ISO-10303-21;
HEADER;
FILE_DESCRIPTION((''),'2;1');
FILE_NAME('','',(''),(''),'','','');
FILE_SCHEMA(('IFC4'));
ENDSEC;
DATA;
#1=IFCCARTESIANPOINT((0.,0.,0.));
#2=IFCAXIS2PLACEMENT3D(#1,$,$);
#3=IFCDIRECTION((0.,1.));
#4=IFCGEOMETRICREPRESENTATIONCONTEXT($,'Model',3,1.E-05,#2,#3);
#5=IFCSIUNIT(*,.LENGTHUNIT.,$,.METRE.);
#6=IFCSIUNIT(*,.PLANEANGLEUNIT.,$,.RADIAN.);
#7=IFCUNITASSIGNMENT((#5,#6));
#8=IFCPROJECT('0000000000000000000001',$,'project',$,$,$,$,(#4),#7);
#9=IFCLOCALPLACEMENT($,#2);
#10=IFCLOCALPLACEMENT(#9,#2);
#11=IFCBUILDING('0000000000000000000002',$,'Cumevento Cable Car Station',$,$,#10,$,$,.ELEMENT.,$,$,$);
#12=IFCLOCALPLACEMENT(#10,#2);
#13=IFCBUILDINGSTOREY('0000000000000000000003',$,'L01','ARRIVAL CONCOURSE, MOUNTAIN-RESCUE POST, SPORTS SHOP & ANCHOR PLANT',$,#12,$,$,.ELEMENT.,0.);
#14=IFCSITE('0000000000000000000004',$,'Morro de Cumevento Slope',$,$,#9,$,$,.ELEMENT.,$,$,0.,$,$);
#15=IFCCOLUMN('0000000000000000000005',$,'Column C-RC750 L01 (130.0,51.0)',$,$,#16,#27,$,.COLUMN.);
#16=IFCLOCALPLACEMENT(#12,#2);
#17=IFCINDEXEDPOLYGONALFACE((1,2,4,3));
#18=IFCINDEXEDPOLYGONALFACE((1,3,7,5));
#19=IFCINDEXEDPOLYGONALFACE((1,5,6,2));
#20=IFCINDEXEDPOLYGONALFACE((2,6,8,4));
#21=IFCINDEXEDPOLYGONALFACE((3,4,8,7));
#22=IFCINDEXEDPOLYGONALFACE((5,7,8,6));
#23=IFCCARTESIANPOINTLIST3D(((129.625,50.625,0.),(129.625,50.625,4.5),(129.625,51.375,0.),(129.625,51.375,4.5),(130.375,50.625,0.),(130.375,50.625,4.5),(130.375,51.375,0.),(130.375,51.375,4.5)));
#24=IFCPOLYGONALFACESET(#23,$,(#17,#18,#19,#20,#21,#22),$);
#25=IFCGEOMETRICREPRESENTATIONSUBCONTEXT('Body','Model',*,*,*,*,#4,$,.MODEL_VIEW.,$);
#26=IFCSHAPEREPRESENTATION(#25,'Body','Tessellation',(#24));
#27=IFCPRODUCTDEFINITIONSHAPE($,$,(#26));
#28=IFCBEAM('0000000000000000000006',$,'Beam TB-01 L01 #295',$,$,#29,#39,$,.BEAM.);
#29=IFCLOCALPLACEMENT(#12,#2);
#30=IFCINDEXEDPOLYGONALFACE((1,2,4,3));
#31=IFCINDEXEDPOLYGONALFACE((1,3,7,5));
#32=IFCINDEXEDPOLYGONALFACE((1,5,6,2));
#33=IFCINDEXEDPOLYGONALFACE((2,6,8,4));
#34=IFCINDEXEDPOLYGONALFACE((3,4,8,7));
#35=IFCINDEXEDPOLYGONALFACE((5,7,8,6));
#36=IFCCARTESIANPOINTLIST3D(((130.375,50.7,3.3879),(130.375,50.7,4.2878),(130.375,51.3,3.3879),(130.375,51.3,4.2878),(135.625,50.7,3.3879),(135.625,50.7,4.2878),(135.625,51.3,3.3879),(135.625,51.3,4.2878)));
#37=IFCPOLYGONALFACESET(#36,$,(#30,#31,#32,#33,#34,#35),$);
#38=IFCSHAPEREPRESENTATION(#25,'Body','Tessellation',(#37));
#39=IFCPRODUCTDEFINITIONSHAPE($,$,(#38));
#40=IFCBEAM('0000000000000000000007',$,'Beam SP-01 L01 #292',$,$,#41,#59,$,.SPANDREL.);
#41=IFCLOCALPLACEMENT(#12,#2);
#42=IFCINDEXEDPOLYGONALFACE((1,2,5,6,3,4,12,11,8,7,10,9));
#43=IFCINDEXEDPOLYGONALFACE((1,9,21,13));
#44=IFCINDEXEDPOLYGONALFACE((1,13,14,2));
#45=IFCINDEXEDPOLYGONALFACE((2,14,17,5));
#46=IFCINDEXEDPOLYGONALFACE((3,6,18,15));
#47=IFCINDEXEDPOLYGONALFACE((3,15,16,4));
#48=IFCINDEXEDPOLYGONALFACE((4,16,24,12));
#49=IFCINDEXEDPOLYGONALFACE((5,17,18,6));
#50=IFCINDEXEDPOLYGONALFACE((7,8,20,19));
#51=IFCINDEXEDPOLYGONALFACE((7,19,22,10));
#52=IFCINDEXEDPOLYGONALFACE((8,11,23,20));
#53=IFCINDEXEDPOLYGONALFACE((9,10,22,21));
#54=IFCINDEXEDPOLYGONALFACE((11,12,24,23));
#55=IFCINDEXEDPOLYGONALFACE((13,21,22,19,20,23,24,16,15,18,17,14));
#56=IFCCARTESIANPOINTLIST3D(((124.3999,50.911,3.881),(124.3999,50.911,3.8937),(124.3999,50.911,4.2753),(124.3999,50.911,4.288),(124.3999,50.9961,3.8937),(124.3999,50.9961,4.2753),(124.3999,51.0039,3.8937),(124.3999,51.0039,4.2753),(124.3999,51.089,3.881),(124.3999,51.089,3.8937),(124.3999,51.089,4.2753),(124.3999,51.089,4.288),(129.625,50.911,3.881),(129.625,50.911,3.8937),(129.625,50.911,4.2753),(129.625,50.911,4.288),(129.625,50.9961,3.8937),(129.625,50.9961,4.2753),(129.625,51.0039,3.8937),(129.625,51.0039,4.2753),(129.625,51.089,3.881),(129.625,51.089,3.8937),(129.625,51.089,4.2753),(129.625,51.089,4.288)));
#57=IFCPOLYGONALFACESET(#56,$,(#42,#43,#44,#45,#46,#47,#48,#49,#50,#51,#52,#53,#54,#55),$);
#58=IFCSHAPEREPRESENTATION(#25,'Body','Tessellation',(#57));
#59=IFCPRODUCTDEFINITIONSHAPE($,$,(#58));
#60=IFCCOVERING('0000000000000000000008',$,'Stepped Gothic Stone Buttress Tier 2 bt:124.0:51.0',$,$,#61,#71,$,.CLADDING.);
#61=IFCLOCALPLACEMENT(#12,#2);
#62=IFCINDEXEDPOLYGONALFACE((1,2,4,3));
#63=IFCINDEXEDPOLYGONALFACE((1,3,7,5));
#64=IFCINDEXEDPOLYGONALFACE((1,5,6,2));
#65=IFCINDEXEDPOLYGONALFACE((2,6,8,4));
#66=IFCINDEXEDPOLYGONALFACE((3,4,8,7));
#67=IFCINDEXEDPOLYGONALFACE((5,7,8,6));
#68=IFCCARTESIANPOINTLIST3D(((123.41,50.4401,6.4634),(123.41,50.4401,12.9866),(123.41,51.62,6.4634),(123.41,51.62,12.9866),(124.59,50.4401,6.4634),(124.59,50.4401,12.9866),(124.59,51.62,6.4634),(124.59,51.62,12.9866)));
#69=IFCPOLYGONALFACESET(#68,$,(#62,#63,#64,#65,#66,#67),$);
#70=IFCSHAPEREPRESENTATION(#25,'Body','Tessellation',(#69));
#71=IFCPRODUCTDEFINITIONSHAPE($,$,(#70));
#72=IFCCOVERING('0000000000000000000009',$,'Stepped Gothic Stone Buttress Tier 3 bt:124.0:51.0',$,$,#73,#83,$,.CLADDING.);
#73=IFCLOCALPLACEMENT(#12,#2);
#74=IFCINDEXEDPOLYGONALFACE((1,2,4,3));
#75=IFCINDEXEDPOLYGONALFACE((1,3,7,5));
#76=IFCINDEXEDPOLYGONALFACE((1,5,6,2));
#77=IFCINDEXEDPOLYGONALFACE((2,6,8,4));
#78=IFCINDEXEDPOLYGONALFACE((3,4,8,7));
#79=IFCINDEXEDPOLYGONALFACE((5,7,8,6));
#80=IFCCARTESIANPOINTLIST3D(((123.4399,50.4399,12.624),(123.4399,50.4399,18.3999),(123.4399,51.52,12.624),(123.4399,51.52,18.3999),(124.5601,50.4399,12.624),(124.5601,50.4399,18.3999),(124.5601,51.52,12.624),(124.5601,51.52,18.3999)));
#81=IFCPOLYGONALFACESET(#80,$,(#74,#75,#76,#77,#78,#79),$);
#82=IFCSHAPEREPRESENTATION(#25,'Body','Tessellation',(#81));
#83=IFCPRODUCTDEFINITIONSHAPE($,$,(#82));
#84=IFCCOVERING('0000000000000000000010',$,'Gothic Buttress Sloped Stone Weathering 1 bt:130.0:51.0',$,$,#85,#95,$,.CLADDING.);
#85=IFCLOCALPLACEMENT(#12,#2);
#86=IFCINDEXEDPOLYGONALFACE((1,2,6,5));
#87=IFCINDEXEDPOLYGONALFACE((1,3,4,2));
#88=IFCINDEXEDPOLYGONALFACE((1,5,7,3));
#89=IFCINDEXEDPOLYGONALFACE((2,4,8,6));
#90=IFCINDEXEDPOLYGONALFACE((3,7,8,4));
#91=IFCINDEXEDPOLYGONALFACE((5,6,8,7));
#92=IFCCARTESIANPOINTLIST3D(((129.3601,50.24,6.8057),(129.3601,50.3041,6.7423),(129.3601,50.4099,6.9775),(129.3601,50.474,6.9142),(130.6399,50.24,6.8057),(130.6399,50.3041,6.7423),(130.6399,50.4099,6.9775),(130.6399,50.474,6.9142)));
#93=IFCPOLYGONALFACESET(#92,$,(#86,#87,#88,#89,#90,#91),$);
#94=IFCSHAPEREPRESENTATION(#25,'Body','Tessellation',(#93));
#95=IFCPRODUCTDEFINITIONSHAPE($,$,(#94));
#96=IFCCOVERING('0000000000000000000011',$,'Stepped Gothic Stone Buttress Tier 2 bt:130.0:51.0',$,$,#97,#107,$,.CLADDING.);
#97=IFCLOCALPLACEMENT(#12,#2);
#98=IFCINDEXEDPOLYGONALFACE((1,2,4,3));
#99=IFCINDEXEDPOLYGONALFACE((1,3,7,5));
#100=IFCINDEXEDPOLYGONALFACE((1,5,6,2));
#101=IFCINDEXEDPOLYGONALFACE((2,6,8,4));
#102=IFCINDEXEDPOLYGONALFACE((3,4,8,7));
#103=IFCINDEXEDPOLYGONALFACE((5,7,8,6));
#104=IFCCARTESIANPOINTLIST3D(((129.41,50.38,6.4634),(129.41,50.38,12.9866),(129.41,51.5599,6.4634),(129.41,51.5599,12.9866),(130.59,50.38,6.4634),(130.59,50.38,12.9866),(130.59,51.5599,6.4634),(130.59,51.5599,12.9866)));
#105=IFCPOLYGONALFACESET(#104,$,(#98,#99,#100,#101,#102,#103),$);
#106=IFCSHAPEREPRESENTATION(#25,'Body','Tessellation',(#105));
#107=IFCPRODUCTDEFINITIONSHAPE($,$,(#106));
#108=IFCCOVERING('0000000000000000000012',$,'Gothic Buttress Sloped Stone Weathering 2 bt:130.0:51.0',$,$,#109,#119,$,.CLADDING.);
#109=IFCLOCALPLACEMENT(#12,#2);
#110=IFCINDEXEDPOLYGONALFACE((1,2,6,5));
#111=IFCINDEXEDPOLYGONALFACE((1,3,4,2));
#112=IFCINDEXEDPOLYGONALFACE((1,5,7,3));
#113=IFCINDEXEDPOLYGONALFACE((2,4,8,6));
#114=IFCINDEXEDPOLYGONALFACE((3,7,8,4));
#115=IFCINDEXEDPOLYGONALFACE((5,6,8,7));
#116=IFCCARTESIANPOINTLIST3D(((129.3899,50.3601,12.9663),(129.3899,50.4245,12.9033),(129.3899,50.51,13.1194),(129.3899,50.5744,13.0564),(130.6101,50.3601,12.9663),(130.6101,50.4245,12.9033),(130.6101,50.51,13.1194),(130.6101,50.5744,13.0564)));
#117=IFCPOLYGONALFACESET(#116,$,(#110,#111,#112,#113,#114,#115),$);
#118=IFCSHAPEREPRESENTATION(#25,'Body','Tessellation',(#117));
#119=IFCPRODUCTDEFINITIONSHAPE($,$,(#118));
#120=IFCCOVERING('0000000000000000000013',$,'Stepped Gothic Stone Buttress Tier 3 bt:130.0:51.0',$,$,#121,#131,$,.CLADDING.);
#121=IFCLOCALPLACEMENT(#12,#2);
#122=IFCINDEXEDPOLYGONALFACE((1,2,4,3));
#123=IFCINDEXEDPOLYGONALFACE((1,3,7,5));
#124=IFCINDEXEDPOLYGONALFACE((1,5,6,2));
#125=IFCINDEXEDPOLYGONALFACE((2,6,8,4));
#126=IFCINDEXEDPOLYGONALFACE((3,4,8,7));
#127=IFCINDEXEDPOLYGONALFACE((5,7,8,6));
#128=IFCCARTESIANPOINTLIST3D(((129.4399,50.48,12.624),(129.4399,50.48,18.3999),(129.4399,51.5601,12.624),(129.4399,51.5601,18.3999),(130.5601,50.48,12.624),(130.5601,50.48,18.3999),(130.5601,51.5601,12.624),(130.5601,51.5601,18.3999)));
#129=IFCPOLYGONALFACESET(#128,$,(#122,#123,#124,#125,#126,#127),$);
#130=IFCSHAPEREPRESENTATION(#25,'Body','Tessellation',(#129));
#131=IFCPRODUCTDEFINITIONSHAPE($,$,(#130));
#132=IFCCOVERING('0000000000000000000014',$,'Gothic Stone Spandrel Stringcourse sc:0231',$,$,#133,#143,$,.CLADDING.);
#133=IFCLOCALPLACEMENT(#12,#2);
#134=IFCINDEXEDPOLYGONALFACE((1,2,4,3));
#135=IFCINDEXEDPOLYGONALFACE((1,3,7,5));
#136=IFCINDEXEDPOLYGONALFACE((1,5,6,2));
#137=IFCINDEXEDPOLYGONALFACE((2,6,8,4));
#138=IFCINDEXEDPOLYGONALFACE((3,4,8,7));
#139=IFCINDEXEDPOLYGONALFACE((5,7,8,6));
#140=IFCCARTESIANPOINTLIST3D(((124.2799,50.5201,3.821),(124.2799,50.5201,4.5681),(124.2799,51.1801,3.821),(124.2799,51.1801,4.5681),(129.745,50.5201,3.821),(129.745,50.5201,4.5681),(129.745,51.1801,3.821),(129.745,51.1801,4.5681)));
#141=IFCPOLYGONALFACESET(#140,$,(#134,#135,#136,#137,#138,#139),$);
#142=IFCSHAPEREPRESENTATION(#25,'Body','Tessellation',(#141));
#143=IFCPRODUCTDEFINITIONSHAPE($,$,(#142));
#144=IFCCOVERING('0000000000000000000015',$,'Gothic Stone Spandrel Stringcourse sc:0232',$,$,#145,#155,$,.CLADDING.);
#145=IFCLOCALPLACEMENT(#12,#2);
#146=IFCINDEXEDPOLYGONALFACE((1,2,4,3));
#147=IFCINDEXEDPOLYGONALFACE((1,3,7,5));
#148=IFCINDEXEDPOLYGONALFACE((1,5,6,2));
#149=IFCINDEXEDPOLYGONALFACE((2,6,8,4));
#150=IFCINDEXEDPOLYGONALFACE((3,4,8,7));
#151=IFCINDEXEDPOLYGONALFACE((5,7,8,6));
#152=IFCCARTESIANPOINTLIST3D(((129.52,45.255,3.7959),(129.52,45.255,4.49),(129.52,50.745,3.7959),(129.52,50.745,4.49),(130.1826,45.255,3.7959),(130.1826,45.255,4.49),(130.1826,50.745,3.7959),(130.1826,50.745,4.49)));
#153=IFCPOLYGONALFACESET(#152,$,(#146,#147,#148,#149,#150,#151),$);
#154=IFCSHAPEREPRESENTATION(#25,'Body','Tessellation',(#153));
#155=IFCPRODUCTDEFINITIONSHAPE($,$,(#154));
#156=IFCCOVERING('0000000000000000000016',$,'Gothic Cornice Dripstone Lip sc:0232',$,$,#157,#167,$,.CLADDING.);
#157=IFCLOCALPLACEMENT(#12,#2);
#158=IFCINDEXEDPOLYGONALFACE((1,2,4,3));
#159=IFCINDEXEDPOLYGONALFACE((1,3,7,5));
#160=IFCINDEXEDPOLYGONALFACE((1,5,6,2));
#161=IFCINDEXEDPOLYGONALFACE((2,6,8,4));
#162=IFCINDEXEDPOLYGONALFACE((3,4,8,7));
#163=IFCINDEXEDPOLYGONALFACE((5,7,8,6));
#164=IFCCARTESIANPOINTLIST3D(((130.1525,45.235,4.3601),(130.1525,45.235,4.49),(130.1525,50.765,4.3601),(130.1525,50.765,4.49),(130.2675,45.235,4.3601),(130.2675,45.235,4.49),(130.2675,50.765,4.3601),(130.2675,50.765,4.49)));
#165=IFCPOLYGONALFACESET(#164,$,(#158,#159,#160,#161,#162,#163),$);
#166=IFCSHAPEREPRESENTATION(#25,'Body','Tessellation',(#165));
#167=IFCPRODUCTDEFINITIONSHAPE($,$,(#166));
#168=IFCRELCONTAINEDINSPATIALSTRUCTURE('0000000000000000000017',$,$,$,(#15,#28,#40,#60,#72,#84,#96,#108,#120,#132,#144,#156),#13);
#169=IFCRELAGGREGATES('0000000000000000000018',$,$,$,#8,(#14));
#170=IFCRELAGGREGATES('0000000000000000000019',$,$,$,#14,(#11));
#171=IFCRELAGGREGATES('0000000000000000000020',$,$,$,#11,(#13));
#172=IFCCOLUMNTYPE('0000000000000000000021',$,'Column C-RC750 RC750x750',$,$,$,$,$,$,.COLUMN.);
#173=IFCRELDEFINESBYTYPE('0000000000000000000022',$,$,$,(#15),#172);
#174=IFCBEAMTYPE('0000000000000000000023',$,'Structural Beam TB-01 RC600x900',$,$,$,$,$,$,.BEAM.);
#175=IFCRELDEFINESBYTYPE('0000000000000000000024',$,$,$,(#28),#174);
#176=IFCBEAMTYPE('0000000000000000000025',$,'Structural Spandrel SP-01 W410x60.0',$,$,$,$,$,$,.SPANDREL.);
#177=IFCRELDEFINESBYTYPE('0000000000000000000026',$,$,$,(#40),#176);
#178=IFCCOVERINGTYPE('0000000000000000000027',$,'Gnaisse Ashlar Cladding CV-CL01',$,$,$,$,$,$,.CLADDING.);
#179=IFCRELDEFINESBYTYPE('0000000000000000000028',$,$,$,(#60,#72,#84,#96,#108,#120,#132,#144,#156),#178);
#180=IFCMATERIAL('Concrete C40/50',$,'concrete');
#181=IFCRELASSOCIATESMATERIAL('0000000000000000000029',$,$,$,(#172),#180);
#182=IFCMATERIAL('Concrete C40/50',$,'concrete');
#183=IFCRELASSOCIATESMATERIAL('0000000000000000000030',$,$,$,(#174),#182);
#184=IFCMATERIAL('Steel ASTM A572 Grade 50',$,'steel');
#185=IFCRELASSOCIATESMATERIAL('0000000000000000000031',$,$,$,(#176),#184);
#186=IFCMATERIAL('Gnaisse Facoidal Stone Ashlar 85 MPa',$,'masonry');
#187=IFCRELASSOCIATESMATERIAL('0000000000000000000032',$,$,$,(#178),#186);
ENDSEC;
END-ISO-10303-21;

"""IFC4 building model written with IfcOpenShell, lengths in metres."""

from ifc_helpers import new_model, si_unit, direction, frame, origin, origin_2d, place, context, subcontext, project, spatial, polyline, rectangle, i_section, outline, extrude, material, material_profile, profile_set, type_object, element, save


model = new_model("IFC4")

# Units and contexts
model_context = context("Model", 3, precision=1e-05, world=origin(), true_north=direction((0.0, 1.0)))
body_context = subcontext(model_context, "Body", "Model", "MODEL_VIEW")
ifc_project = project(units=[si_unit("LENGTHUNIT", "METRE"), si_unit("PLANEANGLEUNIT", "RADIAN")], contexts=[model_context])

# Site, building, storey
site_placement = place(None, origin())
site = spatial("IfcSite", under=ifc_project, at=site_placement, Name="Morro de Cumevento Slope", CompositionType="ELEMENT", RefElevation=0.0)
building_placement = place(site_placement, origin())
building = spatial("IfcBuilding", under=site, at=building_placement, Name="Cumevento Cable Car Station", CompositionType="ELEMENT")
storey_placement = place(building_placement, origin())
storey = spatial("IfcBuildingStorey", under=building, at=storey_placement, Name="L01", Description="ARRIVAL CONCOURSE, MOUNTAIN-RESCUE POST, SPORTS SHOP & ANCHOR PLANT", CompositionType="ELEMENT", Elevation=0.0)

# Column
ifc_material_1 = material(Name="Concrete C40/50", Category="concrete")
ifc_material_profile_1 = material_profile(ifc_material_1, rectangle(XDim=0.75, YDim=0.75, at=origin_2d()), Name="RC750x750")
ifc_profile_set_1 = profile_set([ifc_material_profile_1], Name="Concrete C40/50")
column_type = type_object("IfcColumnType", Name="Column C-RC750 RC750x750", PredefinedType="COLUMN", material=ifc_profile_set_1)
column_placement = place(storey_placement, frame((130.0, 51.0, 0.0), z_axis=(0.0, 0.0, 1.0), x_axis=(1.0, 0.0, 0.0)))
element("IfcColumn", 1, at=column_placement, inside=storey, type_object=column_type, Name="Column C-RC750 L01 (130.0,51.0)", PredefinedType="COLUMN", context=body_context, shape_type="SweptSolid", body=[
    extrude(rectangle(XDim=0.75, YDim=0.75, at=origin_2d()), origin(), (0.0, 0.0, 1.0), 4.5),
])

# Beams
ifc_material_2 = material(Name="Concrete C40/50", Category="concrete")
ifc_material_profile_2 = material_profile(ifc_material_2, rectangle(XDim=0.6001, YDim=0.8999, at=origin_2d()), Name="RC600x900")
ifc_profile_set_2 = profile_set([ifc_material_profile_2], Name="Concrete C40/50")
beam_type_1 = type_object("IfcBeamType", Name="Structural Beam TB-01 RC600x900", PredefinedType="BEAM", material=ifc_profile_set_2)
beam_1_placement = place(storey_placement, frame((130.375, 51.0, 3.8379), z_axis=(1.0, 0.0, 0.0), x_axis=(0.0, 1.0, 0.0)))
element("IfcBeam", 2, at=beam_1_placement, inside=storey, type_object=beam_type_1, Name="Beam TB-01 L01 #295", PredefinedType="BEAM", context=body_context, shape_type="SweptSolid", body=[
    extrude(rectangle(XDim=0.6001, YDim=0.8999, at=origin_2d()), origin(), (0.0, 0.0, 1.0), 5.25),
])
ifc_material_3 = material(Name="Steel ASTM A572 Grade 50", Category="steel")
ifc_material_profile_3 = material_profile(ifc_material_3, i_section(OverallWidth=0.178, OverallDepth=0.407, WebThickness=0.0078, FlangeThickness=0.0127, at=origin_2d()), Name="W410x60.0")
ifc_profile_set_3 = profile_set([ifc_material_profile_3], Name="Steel ASTM A572 Grade 50")
beam_type_2 = type_object("IfcBeamType", Name="Structural Spandrel SP-01 W410x60.0", PredefinedType="SPANDREL", material=ifc_profile_set_3)
beam_2_placement = place(storey_placement, frame((124.3999, 51.0, 4.0845), z_axis=(1.0, 0.0, 0.0), x_axis=(0.0, 1.0, 0.0)))
element("IfcBeam", 3, at=beam_2_placement, inside=storey, type_object=beam_type_2, Name="Beam SP-01 L01 #292", PredefinedType="SPANDREL", context=body_context, shape_type="SweptSolid", body=[
    extrude(i_section(OverallWidth=0.178, OverallDepth=0.407, WebThickness=0.0078, FlangeThickness=0.0127, at=origin_2d()), origin(), (0.0, 0.0, 1.0), 5.2251),
])

# Coverings
ifc_material_4 = material(Name="Gnaisse Facoidal Stone Ashlar 85 MPa", Category="masonry")
covering_type = type_object("IfcCoveringType", Name="Gnaisse Ashlar Cladding CV-CL01", PredefinedType="CLADDING", material=ifc_material_4)
covering_1_placement = place(storey_placement, frame((124.0, 51.03, 6.4634), z_axis=(0.0, 0.0, 1.0), x_axis=(-1.0, 0.0, 0.0)))
element("IfcCovering", 4, at=covering_1_placement, inside=storey, type_object=covering_type, Name="Stepped Gothic Stone Buttress Tier 2 bt:124.0:51.0", PredefinedType="CLADDING", context=body_context, shape_type="SweptSolid", body=[
    extrude(rectangle(XDim=1.1799, YDim=1.1799, at=origin_2d()), origin(), (0.0, 0.0, 1.0), 6.5232),
])
covering_2_placement = place(storey_placement, frame((124.0, 50.98, 12.624), z_axis=(0.0, 0.0, 1.0), x_axis=(-1.0, 0.0, 0.0)))
element("IfcCovering", 5, at=covering_2_placement, inside=storey, type_object=covering_type, Name="Stepped Gothic Stone Buttress Tier 3 bt:124.0:51.0", PredefinedType="CLADDING", context=body_context, shape_type="SweptSolid", body=[
    extrude(rectangle(XDim=1.1201, YDim=1.0801, at=origin_2d()), origin(), (0.0, 0.0, 1.0), 5.7759),
])
covering_3_placement = place(storey_placement, frame((129.3601, 50.24, 6.8057), z_axis=(0.0, -0.711136, 0.703055), x_axis=(1.0, 0.0, 0.0)))
element("IfcCovering", 6, at=covering_3_placement, inside=storey, type_object=covering_type, Name="Gothic Buttress Sloped Stone Weathering 1 bt:130.0:51.0", PredefinedType="CLADDING", context=body_context, shape_type="SweptSolid", body=[
    extrude(outline(polyline([(0.0, 0.0), (1.2798, 0.0), (1.2798, 0.2417), (0.0, 0.2417), (0.0, 0.0)])), origin(), (0.0, 0.0, -1.0), 0.0901),
])
covering_4_placement = place(storey_placement, frame((130.0, 50.97, 6.4634), z_axis=(0.0, 0.0, 1.0), x_axis=(1.0, 0.0, 0.0)))
element("IfcCovering", 7, at=covering_4_placement, inside=storey, type_object=covering_type, Name="Stepped Gothic Stone Buttress Tier 2 bt:130.0:51.0", PredefinedType="CLADDING", context=body_context, shape_type="SweptSolid", body=[
    extrude(rectangle(XDim=1.1799, YDim=1.1799, at=origin_2d()), origin(), (0.0, 0.0, 1.0), 6.5232),
])
covering_5_placement = place(storey_placement, frame((129.3899, 50.3601, 12.9663), z_axis=(0.0, -0.714475, 0.699661), x_axis=(1.0, 0.0, 0.0)))
element("IfcCovering", 8, at=covering_5_placement, inside=storey, type_object=covering_type, Name="Gothic Buttress Sloped Stone Weathering 2 bt:130.0:51.0", PredefinedType="CLADDING", context=body_context, shape_type="SweptSolid", body=[
    extrude(outline(polyline([(0.0, 0.0), (1.2202, 0.0), (1.2202, 0.2142), (0.0, 0.2142), (0.0, 0.0)])), origin(), (0.0, 0.0, -1.0), 0.0901),
])
covering_6_placement = place(storey_placement, frame((130.0, 51.02, 12.624), z_axis=(0.0, 0.0, 1.0), x_axis=(1.0, 0.0, 0.0)))
element("IfcCovering", 9, at=covering_6_placement, inside=storey, type_object=covering_type, Name="Stepped Gothic Stone Buttress Tier 3 bt:130.0:51.0", PredefinedType="CLADDING", context=body_context, shape_type="SweptSolid", body=[
    extrude(rectangle(XDim=1.1201, YDim=1.0801, at=origin_2d()), origin(), (0.0, 0.0, 1.0), 5.7759),
])
covering_7_placement = place(storey_placement, frame((127.0125, 50.8501, 3.821), z_axis=(0.0, 0.0, 1.0), x_axis=(1.0, 0.0, 0.0)))
element("IfcCovering", 10, at=covering_7_placement, inside=storey, type_object=covering_type, Name="Gothic Stone Spandrel Stringcourse sc:0231", PredefinedType="CLADDING", context=body_context, shape_type="SweptSolid", body=[
    extrude(rectangle(XDim=5.4651, YDim=0.6599, at=origin_2d()), origin(), (0.0, 0.0, 1.0), 0.7471),
])
covering_8_placement = place(storey_placement, frame((129.8513, 48.0, 3.7959), z_axis=(0.0, 0.0, 1.0), x_axis=(0.0, -1.0, 0.0)))
element("IfcCovering", 11, at=covering_8_placement, inside=storey, type_object=covering_type, Name="Gothic Stone Spandrel Stringcourse sc:0232", PredefinedType="CLADDING", context=body_context, shape_type="SweptSolid", body=[
    extrude(rectangle(XDim=5.49, YDim=0.6626, at=origin_2d()), origin(), (0.0, 0.0, 1.0), 0.6941),
])
covering_9_placement = place(storey_placement, frame((130.21, 48.0, 4.3601), z_axis=(0.0, 0.0, 1.0), x_axis=(0.0, -1.0, 0.0)))
element("IfcCovering", 12, at=covering_9_placement, inside=storey, type_object=covering_type, Name="Gothic Cornice Dripstone Lip sc:0232", PredefinedType="CLADDING", context=body_context, shape_type="SweptSolid", body=[
    extrude(rectangle(XDim=5.53, YDim=0.115, at=origin_2d()), origin(), (0.0, 0.0, 1.0), 0.1299),
])

save(model, "model.ifc")
